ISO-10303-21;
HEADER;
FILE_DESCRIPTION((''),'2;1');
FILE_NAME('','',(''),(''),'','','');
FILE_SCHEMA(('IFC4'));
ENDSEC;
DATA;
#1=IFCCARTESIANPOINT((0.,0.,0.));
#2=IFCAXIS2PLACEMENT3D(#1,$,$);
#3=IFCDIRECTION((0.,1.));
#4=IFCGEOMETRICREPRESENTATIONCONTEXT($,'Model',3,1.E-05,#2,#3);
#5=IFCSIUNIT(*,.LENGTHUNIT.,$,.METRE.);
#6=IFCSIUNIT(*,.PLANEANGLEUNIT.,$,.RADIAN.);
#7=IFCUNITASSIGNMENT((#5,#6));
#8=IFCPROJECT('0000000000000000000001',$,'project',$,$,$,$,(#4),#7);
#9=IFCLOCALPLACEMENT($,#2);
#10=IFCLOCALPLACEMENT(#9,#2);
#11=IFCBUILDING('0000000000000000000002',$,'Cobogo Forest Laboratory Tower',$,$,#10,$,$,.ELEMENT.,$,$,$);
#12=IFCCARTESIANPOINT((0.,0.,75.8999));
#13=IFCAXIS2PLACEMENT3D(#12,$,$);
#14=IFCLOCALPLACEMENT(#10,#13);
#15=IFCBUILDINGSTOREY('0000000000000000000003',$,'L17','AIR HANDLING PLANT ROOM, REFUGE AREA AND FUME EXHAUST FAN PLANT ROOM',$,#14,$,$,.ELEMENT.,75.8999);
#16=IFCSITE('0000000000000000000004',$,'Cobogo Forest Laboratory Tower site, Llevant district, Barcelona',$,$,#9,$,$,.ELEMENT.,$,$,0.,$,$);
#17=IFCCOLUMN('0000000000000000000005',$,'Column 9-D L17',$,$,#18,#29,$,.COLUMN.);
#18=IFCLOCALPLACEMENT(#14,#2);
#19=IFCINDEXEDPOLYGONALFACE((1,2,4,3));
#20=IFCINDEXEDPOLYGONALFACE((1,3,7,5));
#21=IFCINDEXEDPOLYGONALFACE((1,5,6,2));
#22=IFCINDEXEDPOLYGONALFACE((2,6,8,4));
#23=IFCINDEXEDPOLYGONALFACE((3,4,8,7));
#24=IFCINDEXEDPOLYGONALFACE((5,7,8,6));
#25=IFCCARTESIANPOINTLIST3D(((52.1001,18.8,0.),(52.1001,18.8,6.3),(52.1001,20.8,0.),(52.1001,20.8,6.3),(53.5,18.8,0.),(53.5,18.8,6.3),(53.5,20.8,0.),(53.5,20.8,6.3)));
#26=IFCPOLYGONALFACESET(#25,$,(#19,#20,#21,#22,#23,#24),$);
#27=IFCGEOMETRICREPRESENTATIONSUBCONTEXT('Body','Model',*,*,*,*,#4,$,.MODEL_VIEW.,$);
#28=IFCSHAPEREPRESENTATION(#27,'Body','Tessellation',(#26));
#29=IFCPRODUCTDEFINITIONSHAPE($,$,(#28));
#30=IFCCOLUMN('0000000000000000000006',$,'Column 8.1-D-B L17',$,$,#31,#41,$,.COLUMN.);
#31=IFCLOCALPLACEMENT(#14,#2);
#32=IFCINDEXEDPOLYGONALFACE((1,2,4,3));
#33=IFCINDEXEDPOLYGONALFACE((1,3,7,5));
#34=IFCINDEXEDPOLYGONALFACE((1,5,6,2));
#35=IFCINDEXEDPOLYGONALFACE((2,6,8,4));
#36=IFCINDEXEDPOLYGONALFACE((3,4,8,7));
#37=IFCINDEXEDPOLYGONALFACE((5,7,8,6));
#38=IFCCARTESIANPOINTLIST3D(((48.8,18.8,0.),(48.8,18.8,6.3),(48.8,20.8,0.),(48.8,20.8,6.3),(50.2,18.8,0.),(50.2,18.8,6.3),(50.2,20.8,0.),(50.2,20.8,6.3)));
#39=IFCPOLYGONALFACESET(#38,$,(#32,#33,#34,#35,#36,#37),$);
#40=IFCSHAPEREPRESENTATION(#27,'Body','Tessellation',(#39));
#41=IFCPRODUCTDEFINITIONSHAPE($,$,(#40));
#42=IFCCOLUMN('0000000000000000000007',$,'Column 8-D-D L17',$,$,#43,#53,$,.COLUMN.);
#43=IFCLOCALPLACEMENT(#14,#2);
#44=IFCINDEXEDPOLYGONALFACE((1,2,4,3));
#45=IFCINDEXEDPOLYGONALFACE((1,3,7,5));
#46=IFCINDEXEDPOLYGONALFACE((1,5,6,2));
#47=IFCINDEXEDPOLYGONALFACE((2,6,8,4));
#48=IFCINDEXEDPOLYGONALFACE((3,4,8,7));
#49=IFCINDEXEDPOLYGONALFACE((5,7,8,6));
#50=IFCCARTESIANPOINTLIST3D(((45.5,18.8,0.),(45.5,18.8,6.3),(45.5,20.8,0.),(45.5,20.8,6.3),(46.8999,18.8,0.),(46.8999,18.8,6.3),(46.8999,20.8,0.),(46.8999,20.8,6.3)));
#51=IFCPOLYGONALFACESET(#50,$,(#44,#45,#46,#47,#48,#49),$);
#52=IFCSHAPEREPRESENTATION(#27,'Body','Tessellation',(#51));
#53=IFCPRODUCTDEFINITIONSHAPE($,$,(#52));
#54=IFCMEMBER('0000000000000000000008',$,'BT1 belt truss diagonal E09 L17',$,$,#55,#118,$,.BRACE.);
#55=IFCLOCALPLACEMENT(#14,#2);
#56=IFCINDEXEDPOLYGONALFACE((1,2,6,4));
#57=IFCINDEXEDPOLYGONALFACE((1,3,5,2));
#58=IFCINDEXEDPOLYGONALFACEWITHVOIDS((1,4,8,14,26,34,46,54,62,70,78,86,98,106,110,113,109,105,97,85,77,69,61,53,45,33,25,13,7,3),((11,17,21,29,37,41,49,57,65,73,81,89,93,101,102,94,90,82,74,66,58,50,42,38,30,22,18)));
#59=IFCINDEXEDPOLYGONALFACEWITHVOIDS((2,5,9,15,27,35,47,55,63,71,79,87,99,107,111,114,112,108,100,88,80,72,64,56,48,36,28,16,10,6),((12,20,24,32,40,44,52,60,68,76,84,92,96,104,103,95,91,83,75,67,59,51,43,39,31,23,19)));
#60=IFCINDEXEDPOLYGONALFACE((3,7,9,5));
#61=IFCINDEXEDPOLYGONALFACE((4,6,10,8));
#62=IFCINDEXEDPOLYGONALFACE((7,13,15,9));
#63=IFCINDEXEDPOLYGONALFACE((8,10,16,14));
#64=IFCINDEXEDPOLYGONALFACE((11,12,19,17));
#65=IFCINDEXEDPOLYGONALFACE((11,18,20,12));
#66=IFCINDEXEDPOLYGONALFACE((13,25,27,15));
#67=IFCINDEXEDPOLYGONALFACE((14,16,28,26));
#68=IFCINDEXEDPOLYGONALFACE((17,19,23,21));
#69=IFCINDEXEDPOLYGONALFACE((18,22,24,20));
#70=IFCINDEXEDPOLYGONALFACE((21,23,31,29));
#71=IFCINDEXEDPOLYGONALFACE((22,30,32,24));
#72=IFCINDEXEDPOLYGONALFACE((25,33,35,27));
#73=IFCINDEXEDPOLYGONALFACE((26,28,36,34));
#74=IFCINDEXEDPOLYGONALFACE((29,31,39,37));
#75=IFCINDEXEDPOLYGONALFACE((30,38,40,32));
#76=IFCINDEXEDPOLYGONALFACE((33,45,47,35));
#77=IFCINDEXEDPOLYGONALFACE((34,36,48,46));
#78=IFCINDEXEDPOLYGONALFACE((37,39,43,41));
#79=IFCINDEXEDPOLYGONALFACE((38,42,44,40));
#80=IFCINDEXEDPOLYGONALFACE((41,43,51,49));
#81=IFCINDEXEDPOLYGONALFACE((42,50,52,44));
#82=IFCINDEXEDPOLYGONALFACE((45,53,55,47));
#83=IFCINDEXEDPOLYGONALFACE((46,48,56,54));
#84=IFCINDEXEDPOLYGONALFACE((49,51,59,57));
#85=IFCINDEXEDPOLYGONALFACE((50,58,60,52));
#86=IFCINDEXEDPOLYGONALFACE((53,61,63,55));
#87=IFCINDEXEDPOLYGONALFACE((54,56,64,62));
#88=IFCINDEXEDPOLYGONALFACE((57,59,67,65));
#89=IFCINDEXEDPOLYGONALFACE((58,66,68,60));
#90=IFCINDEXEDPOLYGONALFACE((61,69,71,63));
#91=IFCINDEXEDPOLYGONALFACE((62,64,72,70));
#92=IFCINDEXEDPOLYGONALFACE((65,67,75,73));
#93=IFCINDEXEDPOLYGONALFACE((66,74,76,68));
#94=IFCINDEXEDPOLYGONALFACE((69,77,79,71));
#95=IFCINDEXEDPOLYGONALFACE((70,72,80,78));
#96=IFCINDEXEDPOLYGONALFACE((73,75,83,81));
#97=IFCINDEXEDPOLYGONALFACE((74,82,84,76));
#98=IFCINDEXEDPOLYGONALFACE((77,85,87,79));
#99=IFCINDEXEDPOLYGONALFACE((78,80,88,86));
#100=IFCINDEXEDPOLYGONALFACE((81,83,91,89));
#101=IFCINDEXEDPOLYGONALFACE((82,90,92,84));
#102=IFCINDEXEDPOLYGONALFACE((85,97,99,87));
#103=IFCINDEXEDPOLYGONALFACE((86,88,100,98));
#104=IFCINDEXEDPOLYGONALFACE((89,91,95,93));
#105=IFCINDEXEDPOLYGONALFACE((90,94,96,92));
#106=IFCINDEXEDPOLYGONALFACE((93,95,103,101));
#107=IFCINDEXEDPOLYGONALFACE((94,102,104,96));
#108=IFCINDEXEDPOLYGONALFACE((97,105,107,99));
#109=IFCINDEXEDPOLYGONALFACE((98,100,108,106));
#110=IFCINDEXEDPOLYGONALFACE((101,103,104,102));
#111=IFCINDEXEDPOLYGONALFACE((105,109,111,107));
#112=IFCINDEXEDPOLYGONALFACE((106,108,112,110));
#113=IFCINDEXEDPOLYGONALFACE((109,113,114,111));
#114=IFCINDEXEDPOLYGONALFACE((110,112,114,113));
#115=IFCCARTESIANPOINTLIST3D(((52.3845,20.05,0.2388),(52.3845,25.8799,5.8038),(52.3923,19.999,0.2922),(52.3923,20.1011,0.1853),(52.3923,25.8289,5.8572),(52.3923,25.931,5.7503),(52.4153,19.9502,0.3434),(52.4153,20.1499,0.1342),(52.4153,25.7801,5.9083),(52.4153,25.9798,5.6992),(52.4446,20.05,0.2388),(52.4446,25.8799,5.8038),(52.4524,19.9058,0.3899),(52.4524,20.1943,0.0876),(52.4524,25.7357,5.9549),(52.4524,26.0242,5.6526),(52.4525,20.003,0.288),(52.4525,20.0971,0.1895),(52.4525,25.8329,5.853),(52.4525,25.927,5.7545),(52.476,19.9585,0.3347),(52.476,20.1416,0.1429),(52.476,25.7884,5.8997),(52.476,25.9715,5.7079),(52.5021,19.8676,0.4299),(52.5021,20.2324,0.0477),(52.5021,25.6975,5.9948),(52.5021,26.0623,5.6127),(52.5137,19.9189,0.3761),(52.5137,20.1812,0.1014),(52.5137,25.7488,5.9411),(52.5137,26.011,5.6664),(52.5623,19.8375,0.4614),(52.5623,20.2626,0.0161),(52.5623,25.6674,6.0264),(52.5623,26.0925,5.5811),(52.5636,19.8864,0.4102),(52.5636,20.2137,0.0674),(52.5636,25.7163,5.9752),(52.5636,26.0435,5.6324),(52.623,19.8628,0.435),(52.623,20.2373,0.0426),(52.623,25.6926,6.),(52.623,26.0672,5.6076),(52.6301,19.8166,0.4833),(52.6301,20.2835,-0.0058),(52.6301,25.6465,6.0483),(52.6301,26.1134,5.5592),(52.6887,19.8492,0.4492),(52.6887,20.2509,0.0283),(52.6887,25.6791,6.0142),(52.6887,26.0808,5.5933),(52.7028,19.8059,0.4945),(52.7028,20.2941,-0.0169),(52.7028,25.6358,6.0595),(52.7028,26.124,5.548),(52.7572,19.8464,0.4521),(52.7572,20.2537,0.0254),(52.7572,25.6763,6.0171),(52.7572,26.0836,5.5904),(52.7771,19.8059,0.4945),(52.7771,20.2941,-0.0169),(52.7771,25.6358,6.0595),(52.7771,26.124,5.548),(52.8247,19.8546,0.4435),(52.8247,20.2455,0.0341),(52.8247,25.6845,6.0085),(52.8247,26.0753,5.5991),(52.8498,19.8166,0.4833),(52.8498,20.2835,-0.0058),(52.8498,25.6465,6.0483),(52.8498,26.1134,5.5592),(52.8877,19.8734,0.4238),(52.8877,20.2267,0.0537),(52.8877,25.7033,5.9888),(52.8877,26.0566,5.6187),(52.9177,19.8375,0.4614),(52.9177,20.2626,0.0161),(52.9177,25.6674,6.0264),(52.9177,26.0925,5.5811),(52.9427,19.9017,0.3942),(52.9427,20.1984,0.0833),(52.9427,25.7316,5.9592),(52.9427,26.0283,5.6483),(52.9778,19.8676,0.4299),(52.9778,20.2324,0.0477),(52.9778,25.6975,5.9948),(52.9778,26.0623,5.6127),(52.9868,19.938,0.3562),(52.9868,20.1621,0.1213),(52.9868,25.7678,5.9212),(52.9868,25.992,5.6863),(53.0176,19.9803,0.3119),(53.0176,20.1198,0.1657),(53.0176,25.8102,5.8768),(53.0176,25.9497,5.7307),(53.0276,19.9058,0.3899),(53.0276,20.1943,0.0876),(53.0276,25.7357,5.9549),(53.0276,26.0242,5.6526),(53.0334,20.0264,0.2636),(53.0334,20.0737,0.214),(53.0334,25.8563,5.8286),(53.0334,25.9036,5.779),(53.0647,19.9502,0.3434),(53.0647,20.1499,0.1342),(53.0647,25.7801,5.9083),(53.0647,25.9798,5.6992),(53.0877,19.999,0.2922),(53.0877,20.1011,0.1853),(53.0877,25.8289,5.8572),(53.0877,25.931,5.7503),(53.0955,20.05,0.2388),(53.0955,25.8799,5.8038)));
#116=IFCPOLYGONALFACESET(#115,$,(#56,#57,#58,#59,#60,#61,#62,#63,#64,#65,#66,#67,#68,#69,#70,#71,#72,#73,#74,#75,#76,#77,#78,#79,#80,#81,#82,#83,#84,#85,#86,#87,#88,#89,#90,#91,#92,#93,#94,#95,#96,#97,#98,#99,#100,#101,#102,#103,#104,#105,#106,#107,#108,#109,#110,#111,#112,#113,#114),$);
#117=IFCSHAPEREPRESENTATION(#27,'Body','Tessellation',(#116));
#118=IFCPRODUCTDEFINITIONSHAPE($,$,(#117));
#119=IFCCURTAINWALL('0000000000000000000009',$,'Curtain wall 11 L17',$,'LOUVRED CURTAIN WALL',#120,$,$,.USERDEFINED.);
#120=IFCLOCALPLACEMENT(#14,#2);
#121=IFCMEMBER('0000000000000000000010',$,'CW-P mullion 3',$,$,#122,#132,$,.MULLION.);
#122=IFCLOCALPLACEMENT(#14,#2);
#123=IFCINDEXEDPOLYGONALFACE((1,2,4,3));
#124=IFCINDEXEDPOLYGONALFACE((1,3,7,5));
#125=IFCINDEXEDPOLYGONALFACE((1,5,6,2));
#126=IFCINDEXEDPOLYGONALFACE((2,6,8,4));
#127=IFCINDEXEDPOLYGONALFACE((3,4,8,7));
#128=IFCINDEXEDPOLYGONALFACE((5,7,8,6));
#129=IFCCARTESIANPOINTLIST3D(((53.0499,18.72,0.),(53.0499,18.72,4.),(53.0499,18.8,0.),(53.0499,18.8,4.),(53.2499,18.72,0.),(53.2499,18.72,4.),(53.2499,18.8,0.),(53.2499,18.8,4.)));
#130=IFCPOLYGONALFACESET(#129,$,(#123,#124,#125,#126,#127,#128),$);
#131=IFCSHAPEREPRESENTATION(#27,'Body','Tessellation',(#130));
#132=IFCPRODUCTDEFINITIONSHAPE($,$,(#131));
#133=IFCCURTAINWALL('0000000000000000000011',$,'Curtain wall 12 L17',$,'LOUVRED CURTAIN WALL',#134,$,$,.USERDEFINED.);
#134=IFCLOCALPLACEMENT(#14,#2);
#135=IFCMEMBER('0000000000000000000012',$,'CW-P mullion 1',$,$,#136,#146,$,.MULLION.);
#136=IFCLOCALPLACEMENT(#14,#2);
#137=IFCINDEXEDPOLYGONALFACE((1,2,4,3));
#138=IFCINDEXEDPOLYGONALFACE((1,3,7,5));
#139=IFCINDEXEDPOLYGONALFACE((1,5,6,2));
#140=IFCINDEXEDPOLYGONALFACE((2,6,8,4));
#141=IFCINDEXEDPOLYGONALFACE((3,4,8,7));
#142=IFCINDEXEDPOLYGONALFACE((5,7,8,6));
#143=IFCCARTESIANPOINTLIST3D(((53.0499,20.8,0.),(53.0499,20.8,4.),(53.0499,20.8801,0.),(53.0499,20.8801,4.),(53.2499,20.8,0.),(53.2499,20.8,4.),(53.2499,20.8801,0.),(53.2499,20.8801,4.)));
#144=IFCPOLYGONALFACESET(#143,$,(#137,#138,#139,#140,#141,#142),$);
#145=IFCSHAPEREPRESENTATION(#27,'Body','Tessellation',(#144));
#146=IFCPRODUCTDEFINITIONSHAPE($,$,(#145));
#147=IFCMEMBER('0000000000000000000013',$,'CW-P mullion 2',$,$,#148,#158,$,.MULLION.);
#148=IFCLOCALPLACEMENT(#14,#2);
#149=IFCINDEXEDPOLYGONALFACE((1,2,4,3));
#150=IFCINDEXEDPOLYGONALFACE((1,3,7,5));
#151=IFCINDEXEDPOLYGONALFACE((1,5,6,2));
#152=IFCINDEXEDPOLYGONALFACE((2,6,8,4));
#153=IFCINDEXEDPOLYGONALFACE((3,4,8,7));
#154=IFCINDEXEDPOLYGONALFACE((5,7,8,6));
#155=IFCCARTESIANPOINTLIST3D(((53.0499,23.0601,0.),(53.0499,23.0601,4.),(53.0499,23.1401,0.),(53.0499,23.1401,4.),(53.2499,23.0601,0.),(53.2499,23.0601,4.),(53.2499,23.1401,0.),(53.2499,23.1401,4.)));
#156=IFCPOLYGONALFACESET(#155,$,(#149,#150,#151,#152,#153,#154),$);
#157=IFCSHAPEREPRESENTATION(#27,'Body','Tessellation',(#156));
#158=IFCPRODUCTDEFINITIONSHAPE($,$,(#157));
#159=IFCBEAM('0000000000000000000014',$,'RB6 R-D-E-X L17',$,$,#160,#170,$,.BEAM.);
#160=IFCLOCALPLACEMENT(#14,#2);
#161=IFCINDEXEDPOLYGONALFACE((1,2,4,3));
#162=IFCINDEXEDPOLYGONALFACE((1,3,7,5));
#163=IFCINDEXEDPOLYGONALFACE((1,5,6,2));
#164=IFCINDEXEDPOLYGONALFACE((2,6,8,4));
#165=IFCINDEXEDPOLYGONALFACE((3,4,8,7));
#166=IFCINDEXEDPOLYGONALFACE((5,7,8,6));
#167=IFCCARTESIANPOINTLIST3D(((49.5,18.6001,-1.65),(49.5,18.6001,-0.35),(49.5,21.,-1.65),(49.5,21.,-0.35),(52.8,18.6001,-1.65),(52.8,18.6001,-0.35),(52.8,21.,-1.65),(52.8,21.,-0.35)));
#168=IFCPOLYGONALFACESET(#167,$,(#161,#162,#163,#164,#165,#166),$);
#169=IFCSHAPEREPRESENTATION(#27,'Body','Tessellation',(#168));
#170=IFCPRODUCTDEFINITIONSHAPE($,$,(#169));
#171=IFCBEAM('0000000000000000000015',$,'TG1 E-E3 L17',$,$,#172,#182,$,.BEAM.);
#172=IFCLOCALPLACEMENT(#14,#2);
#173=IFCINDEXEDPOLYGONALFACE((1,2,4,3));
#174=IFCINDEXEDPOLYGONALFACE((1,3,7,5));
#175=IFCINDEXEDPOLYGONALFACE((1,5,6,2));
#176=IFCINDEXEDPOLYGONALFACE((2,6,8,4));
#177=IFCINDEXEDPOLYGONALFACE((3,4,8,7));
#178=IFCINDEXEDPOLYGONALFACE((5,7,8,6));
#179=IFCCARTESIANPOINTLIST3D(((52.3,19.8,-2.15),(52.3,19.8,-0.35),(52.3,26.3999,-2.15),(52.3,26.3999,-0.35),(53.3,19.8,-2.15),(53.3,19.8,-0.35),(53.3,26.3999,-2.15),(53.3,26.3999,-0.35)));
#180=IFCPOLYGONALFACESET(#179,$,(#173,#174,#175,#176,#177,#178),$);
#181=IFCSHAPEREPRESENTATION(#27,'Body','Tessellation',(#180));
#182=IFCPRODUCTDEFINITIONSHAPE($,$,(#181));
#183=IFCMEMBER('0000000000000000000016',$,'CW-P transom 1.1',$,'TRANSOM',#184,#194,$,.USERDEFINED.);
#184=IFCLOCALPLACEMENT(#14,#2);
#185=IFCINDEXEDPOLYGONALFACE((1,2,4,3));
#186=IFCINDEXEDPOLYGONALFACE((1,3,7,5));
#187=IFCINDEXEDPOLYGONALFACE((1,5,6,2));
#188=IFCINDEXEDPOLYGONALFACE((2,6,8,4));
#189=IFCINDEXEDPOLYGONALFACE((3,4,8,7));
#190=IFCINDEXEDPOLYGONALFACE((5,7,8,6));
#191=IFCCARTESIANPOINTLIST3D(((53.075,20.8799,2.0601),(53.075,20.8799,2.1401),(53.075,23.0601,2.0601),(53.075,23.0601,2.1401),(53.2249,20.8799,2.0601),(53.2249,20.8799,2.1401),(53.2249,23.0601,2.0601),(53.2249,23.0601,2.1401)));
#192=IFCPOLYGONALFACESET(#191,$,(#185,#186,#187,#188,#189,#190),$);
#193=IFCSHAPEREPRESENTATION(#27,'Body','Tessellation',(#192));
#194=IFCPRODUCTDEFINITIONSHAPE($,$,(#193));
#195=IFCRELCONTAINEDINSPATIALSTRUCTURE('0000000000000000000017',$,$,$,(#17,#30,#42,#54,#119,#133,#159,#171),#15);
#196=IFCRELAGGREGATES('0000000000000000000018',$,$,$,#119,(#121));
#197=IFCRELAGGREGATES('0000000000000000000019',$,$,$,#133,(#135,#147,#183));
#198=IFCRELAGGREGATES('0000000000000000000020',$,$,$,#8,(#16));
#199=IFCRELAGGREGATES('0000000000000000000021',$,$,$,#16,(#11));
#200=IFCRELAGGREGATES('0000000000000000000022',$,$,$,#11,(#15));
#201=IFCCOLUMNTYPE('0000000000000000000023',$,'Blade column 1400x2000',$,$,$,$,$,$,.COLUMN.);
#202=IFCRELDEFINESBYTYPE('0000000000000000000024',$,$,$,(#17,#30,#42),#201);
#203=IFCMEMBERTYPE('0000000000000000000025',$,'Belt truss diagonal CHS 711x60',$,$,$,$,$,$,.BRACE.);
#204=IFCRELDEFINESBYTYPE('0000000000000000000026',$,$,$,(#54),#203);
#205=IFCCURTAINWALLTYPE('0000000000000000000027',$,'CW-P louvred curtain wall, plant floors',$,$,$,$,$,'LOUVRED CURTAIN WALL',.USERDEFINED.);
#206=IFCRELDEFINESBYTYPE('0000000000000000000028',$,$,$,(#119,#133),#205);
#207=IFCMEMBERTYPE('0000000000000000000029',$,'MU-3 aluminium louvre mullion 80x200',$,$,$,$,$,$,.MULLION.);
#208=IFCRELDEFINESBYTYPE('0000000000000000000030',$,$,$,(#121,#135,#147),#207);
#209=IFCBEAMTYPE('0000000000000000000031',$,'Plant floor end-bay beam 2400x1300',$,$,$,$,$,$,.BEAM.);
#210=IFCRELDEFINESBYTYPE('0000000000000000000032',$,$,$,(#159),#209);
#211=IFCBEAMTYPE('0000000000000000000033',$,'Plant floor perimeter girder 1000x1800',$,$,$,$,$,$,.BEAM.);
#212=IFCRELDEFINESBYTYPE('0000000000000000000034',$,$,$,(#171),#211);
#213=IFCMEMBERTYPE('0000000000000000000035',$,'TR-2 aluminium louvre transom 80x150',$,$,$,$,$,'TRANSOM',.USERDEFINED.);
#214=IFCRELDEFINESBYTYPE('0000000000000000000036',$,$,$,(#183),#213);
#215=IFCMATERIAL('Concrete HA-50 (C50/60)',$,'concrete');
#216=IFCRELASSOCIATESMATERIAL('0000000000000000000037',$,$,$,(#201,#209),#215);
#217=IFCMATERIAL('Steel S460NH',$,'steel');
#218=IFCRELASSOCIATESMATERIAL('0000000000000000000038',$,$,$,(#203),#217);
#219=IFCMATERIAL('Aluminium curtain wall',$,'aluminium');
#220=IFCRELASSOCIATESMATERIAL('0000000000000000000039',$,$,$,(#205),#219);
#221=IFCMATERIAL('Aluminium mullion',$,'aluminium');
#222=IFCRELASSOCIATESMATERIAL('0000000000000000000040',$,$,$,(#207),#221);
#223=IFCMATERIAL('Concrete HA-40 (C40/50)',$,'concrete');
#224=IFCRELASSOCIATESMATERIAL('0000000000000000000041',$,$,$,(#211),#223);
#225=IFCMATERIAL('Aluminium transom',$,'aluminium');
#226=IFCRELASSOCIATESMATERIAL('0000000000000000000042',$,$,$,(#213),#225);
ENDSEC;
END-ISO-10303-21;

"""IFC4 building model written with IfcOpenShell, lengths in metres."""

from ifc_helpers import new_model, si_unit, direction, frame, origin, origin_2d, place, context, subcontext, project, spatial, rectangle, hollow_circle, extrude, material, material_profile, profile_set, type_object, element, aggregate, save


model = new_model("IFC4")

# Units and contexts
model_context = context("Model", 3, precision=1e-05, world=origin(), true_north=direction((0.0, 1.0)))
body_context = subcontext(model_context, "Body", "Model", "MODEL_VIEW")
ifc_project = project(units=[si_unit("LENGTHUNIT", "METRE"), si_unit("PLANEANGLEUNIT", "RADIAN")], contexts=[model_context])

# Site, building, storey
site_placement = place(None, origin())
site = spatial("IfcSite", under=ifc_project, at=site_placement, Name="Cobogo Forest Laboratory Tower site, Llevant district, Barcelona", CompositionType="ELEMENT", RefElevation=0.0)
building_placement = place(site_placement, origin())
building = spatial("IfcBuilding", under=site, at=building_placement, Name="Cobogo Forest Laboratory Tower", CompositionType="ELEMENT")
storey_placement = place(building_placement, frame((0.0, 0.0, 75.8999)))
storey = spatial("IfcBuildingStorey", under=building, at=storey_placement, Name="L17", Description="AIR HANDLING PLANT ROOM, REFUGE AREA AND FUME EXHAUST FAN PLANT ROOM", CompositionType="ELEMENT", Elevation=75.8999)

# Columns
ifc_material_1 = material(Name="Concrete HA-50 (C50/60)", Category="concrete")
ifc_material_profile_1 = material_profile(ifc_material_1, rectangle(XDim=2.0, YDim=1.3999, at=origin_2d()), Name="RC 1400x2000")
ifc_profile_set_1 = profile_set([ifc_material_profile_1], Name="Concrete HA-50 (C50/60)")
column_type = type_object("IfcColumnType", Name="Blade column 1400x2000", PredefinedType="COLUMN", material=ifc_profile_set_1)
for number, where, z_axis, x_axis, name in (
    (1, (52.8, 19.8, 0.0), (0.0, 0.0, 1.0), (0.0, 1.0, 0.0), "Column 9-D L17"),
    (2, (49.5, 19.8, 0.0), (0.0, 0.0, 1.0), (0.0, 1.0, 0.0), "Column 8.1-D-B L17"),
    (3, (46.2, 19.8, 0.0), (0.0, 0.0, 1.0), (0.0, 1.0, 0.0), "Column 8-D-D L17"),
):
    element("IfcColumn", number, at=place(storey_placement, frame(where, z_axis=z_axis, x_axis=x_axis)), inside=storey, type_object=column_type, Name=name, PredefinedType="COLUMN", context=body_context, shape_type="SweptSolid", body=[
        extrude(rectangle(XDim=2.0, YDim=1.3999, at=origin_2d()), origin(), (0.0, 0.0, 1.0), 6.3),
    ])

# Member
ifc_material_2 = material(Name="Steel S460NH", Category="steel")
ifc_material_profile_2 = material_profile(ifc_material_2, hollow_circle(Radius=0.3555, WallThickness=0.0601, at=origin_2d()), Name="CHS 711x60")
ifc_profile_set_2 = profile_set([ifc_material_profile_2], Name="Steel S460NH")
member_type_1 = type_object("IfcMemberType", Name="Belt truss diagonal CHS 711x60", PredefinedType="BRACE", material=ifc_profile_set_2)
member_1_placement = place(storey_placement, frame((52.74, 20.05, 0.2388), z_axis=(0.0, 0.723349, 0.690482), x_axis=(-1.0, 0.0, 0.0)))
element("IfcMember", 4, at=member_1_placement, inside=storey, type_object=member_type_1, Name="BT1 belt truss diagonal E09 L17", PredefinedType="BRACE", context=body_context, shape_type="SweptSolid", body=[
    extrude(hollow_circle(Radius=0.3555, WallThickness=0.0601, at=origin_2d()), origin(), (0.0, 0.0, 1.0), 8.0596),
])

# Curtain wall, member
ifc_material_3 = material(Name="Aluminium curtain wall", Category="aluminium")
curtain_wall_type = type_object("IfcCurtainWallType", Name="CW-P louvred curtain wall, plant floors", ElementType="LOUVRED CURTAIN WALL", PredefinedType="USERDEFINED", material=ifc_material_3)
curtain_wall_1_placement = place(storey_placement, origin())
curtain_wall_1 = element("IfcCurtainWall", 5, at=curtain_wall_1_placement, inside=storey, type_object=curtain_wall_type, Name="Curtain wall 11 L17", ObjectType="LOUVRED CURTAIN WALL", PredefinedType="USERDEFINED")
ifc_material_4 = material(Name="Aluminium mullion", Category="aluminium")
ifc_material_profile_3 = material_profile(ifc_material_4, rectangle(XDim=0.0801, YDim=0.2, at=origin_2d()), Name="AL 80x200")
ifc_profile_set_3 = profile_set([ifc_material_profile_3], Name="Aluminium mullion")
member_type_2 = type_object("IfcMemberType", Name="MU-3 aluminium louvre mullion 80x200", PredefinedType="MULLION", material=ifc_profile_set_3)
member_2_placement = place(storey_placement, frame((53.1499, 18.76, 0.0), z_axis=(0.0, 0.0, 1.0), x_axis=(0.0, 1.0, 0.0)))
member_2 = element("IfcMember", 6, at=member_2_placement, type_object=member_type_2, Name="CW-P mullion 3", PredefinedType="MULLION", context=body_context, shape_type="SweptSolid", body=[
    extrude(rectangle(XDim=0.0801, YDim=0.2, at=origin_2d()), origin(), (0.0, 0.0, 1.0), 4.0),
])

# Curtain wall, members
curtain_wall_2_placement = place(storey_placement, origin())
curtain_wall_2 = element("IfcCurtainWall", 7, at=curtain_wall_2_placement, inside=storey, type_object=curtain_wall_type, Name="Curtain wall 12 L17", ObjectType="LOUVRED CURTAIN WALL", PredefinedType="USERDEFINED")
member_3_placement = place(storey_placement, frame((53.1499, 20.8401, 0.0), z_axis=(0.0, 0.0, 1.0), x_axis=(0.0, 1.0, 0.0)))
member_3 = element("IfcMember", 8, at=member_3_placement, type_object=member_type_2, Name="CW-P mullion 1", PredefinedType="MULLION", context=body_context, shape_type="SweptSolid", body=[
    extrude(rectangle(XDim=0.0801, YDim=0.2, at=origin_2d()), origin(), (0.0, 0.0, 1.0), 4.0),
])
member_4_placement = place(storey_placement, frame((53.1499, 23.1001, 0.0), z_axis=(0.0, 0.0, 1.0), x_axis=(0.0, 1.0, 0.0)))
member_4 = element("IfcMember", 9, at=member_4_placement, type_object=member_type_2, Name="CW-P mullion 2", PredefinedType="MULLION", context=body_context, shape_type="SweptSolid", body=[
    extrude(rectangle(XDim=0.0801, YDim=0.2, at=origin_2d()), origin(), (0.0, 0.0, 1.0), 4.0),
])

# Beams
ifc_material_profile_4 = material_profile(ifc_material_1, rectangle(XDim=2.3999, YDim=1.3, at=origin_2d()), Name="RC 2400x1300")
ifc_profile_set_4 = profile_set([ifc_material_profile_4], Name="Concrete HA-50 (C50/60)")
beam_type_1 = type_object("IfcBeamType", Name="Plant floor end-bay beam 2400x1300", PredefinedType="BEAM", material=ifc_profile_set_4)
beam_1_placement = place(storey_placement, frame((52.8, 19.8, -1.0), z_axis=(-1.0, 0.0, 0.0), x_axis=(0.0, -1.0, 0.0)))
element("IfcBeam", 10, at=beam_1_placement, inside=storey, type_object=beam_type_1, Name="RB6 R-D-E-X L17", PredefinedType="BEAM", context=body_context, shape_type="SweptSolid", body=[
    extrude(rectangle(XDim=2.3999, YDim=1.3, at=origin_2d()), origin(), (0.0, 0.0, 1.0), 3.3),
])
ifc_material_5 = material(Name="Concrete HA-40 (C40/50)", Category="concrete")
ifc_material_profile_5 = material_profile(ifc_material_5, rectangle(XDim=1.0, YDim=1.8, at=origin_2d()), Name="RC 1000x1800")
ifc_profile_set_5 = profile_set([ifc_material_profile_5], Name="Concrete HA-40 (C40/50)")
beam_type_2 = type_object("IfcBeamType", Name="Plant floor perimeter girder 1000x1800", PredefinedType="BEAM", material=ifc_profile_set_5)
beam_2_placement = place(storey_placement, frame((52.8, 19.8, -1.25), z_axis=(0.0, 1.0, 0.0), x_axis=(-1.0, 0.0, 0.0)))
element("IfcBeam", 11, at=beam_2_placement, inside=storey, type_object=beam_type_2, Name="TG1 E-E3 L17", PredefinedType="BEAM", context=body_context, shape_type="SweptSolid", body=[
    extrude(rectangle(XDim=1.0, YDim=1.8, at=origin_2d()), origin(), (0.0, 0.0, 1.0), 6.5999),
])

# Member
ifc_material_6 = material(Name="Aluminium transom", Category="aluminium")
ifc_material_profile_6 = material_profile(ifc_material_6, rectangle(XDim=0.1499, YDim=0.0801, at=origin_2d()), Name="AL 80x150")
ifc_profile_set_6 = profile_set([ifc_material_profile_6], Name="Aluminium transom")
member_type_3 = type_object("IfcMemberType", Name="TR-2 aluminium louvre transom 80x150", ElementType="TRANSOM", PredefinedType="USERDEFINED", material=ifc_profile_set_6)
member_5_placement = place(storey_placement, frame((53.1499, 20.8799, 2.1001), z_axis=(0.0, 1.0, 0.0), x_axis=(-1.0, 0.0, 0.0)))
member_5 = element("IfcMember", 12, at=member_5_placement, type_object=member_type_3, Name="CW-P transom 1.1", ObjectType="TRANSOM", PredefinedType="USERDEFINED", context=body_context, shape_type="SweptSolid", body=[
    extrude(rectangle(XDim=0.1499, YDim=0.0801, at=origin_2d()), origin(), (0.0, 0.0, 1.0), 2.1802),
])

aggregate(curtain_wall_1, [member_2])
aggregate(curtain_wall_2, [member_3, member_4, member_5])

save(model, "model.ifc")
